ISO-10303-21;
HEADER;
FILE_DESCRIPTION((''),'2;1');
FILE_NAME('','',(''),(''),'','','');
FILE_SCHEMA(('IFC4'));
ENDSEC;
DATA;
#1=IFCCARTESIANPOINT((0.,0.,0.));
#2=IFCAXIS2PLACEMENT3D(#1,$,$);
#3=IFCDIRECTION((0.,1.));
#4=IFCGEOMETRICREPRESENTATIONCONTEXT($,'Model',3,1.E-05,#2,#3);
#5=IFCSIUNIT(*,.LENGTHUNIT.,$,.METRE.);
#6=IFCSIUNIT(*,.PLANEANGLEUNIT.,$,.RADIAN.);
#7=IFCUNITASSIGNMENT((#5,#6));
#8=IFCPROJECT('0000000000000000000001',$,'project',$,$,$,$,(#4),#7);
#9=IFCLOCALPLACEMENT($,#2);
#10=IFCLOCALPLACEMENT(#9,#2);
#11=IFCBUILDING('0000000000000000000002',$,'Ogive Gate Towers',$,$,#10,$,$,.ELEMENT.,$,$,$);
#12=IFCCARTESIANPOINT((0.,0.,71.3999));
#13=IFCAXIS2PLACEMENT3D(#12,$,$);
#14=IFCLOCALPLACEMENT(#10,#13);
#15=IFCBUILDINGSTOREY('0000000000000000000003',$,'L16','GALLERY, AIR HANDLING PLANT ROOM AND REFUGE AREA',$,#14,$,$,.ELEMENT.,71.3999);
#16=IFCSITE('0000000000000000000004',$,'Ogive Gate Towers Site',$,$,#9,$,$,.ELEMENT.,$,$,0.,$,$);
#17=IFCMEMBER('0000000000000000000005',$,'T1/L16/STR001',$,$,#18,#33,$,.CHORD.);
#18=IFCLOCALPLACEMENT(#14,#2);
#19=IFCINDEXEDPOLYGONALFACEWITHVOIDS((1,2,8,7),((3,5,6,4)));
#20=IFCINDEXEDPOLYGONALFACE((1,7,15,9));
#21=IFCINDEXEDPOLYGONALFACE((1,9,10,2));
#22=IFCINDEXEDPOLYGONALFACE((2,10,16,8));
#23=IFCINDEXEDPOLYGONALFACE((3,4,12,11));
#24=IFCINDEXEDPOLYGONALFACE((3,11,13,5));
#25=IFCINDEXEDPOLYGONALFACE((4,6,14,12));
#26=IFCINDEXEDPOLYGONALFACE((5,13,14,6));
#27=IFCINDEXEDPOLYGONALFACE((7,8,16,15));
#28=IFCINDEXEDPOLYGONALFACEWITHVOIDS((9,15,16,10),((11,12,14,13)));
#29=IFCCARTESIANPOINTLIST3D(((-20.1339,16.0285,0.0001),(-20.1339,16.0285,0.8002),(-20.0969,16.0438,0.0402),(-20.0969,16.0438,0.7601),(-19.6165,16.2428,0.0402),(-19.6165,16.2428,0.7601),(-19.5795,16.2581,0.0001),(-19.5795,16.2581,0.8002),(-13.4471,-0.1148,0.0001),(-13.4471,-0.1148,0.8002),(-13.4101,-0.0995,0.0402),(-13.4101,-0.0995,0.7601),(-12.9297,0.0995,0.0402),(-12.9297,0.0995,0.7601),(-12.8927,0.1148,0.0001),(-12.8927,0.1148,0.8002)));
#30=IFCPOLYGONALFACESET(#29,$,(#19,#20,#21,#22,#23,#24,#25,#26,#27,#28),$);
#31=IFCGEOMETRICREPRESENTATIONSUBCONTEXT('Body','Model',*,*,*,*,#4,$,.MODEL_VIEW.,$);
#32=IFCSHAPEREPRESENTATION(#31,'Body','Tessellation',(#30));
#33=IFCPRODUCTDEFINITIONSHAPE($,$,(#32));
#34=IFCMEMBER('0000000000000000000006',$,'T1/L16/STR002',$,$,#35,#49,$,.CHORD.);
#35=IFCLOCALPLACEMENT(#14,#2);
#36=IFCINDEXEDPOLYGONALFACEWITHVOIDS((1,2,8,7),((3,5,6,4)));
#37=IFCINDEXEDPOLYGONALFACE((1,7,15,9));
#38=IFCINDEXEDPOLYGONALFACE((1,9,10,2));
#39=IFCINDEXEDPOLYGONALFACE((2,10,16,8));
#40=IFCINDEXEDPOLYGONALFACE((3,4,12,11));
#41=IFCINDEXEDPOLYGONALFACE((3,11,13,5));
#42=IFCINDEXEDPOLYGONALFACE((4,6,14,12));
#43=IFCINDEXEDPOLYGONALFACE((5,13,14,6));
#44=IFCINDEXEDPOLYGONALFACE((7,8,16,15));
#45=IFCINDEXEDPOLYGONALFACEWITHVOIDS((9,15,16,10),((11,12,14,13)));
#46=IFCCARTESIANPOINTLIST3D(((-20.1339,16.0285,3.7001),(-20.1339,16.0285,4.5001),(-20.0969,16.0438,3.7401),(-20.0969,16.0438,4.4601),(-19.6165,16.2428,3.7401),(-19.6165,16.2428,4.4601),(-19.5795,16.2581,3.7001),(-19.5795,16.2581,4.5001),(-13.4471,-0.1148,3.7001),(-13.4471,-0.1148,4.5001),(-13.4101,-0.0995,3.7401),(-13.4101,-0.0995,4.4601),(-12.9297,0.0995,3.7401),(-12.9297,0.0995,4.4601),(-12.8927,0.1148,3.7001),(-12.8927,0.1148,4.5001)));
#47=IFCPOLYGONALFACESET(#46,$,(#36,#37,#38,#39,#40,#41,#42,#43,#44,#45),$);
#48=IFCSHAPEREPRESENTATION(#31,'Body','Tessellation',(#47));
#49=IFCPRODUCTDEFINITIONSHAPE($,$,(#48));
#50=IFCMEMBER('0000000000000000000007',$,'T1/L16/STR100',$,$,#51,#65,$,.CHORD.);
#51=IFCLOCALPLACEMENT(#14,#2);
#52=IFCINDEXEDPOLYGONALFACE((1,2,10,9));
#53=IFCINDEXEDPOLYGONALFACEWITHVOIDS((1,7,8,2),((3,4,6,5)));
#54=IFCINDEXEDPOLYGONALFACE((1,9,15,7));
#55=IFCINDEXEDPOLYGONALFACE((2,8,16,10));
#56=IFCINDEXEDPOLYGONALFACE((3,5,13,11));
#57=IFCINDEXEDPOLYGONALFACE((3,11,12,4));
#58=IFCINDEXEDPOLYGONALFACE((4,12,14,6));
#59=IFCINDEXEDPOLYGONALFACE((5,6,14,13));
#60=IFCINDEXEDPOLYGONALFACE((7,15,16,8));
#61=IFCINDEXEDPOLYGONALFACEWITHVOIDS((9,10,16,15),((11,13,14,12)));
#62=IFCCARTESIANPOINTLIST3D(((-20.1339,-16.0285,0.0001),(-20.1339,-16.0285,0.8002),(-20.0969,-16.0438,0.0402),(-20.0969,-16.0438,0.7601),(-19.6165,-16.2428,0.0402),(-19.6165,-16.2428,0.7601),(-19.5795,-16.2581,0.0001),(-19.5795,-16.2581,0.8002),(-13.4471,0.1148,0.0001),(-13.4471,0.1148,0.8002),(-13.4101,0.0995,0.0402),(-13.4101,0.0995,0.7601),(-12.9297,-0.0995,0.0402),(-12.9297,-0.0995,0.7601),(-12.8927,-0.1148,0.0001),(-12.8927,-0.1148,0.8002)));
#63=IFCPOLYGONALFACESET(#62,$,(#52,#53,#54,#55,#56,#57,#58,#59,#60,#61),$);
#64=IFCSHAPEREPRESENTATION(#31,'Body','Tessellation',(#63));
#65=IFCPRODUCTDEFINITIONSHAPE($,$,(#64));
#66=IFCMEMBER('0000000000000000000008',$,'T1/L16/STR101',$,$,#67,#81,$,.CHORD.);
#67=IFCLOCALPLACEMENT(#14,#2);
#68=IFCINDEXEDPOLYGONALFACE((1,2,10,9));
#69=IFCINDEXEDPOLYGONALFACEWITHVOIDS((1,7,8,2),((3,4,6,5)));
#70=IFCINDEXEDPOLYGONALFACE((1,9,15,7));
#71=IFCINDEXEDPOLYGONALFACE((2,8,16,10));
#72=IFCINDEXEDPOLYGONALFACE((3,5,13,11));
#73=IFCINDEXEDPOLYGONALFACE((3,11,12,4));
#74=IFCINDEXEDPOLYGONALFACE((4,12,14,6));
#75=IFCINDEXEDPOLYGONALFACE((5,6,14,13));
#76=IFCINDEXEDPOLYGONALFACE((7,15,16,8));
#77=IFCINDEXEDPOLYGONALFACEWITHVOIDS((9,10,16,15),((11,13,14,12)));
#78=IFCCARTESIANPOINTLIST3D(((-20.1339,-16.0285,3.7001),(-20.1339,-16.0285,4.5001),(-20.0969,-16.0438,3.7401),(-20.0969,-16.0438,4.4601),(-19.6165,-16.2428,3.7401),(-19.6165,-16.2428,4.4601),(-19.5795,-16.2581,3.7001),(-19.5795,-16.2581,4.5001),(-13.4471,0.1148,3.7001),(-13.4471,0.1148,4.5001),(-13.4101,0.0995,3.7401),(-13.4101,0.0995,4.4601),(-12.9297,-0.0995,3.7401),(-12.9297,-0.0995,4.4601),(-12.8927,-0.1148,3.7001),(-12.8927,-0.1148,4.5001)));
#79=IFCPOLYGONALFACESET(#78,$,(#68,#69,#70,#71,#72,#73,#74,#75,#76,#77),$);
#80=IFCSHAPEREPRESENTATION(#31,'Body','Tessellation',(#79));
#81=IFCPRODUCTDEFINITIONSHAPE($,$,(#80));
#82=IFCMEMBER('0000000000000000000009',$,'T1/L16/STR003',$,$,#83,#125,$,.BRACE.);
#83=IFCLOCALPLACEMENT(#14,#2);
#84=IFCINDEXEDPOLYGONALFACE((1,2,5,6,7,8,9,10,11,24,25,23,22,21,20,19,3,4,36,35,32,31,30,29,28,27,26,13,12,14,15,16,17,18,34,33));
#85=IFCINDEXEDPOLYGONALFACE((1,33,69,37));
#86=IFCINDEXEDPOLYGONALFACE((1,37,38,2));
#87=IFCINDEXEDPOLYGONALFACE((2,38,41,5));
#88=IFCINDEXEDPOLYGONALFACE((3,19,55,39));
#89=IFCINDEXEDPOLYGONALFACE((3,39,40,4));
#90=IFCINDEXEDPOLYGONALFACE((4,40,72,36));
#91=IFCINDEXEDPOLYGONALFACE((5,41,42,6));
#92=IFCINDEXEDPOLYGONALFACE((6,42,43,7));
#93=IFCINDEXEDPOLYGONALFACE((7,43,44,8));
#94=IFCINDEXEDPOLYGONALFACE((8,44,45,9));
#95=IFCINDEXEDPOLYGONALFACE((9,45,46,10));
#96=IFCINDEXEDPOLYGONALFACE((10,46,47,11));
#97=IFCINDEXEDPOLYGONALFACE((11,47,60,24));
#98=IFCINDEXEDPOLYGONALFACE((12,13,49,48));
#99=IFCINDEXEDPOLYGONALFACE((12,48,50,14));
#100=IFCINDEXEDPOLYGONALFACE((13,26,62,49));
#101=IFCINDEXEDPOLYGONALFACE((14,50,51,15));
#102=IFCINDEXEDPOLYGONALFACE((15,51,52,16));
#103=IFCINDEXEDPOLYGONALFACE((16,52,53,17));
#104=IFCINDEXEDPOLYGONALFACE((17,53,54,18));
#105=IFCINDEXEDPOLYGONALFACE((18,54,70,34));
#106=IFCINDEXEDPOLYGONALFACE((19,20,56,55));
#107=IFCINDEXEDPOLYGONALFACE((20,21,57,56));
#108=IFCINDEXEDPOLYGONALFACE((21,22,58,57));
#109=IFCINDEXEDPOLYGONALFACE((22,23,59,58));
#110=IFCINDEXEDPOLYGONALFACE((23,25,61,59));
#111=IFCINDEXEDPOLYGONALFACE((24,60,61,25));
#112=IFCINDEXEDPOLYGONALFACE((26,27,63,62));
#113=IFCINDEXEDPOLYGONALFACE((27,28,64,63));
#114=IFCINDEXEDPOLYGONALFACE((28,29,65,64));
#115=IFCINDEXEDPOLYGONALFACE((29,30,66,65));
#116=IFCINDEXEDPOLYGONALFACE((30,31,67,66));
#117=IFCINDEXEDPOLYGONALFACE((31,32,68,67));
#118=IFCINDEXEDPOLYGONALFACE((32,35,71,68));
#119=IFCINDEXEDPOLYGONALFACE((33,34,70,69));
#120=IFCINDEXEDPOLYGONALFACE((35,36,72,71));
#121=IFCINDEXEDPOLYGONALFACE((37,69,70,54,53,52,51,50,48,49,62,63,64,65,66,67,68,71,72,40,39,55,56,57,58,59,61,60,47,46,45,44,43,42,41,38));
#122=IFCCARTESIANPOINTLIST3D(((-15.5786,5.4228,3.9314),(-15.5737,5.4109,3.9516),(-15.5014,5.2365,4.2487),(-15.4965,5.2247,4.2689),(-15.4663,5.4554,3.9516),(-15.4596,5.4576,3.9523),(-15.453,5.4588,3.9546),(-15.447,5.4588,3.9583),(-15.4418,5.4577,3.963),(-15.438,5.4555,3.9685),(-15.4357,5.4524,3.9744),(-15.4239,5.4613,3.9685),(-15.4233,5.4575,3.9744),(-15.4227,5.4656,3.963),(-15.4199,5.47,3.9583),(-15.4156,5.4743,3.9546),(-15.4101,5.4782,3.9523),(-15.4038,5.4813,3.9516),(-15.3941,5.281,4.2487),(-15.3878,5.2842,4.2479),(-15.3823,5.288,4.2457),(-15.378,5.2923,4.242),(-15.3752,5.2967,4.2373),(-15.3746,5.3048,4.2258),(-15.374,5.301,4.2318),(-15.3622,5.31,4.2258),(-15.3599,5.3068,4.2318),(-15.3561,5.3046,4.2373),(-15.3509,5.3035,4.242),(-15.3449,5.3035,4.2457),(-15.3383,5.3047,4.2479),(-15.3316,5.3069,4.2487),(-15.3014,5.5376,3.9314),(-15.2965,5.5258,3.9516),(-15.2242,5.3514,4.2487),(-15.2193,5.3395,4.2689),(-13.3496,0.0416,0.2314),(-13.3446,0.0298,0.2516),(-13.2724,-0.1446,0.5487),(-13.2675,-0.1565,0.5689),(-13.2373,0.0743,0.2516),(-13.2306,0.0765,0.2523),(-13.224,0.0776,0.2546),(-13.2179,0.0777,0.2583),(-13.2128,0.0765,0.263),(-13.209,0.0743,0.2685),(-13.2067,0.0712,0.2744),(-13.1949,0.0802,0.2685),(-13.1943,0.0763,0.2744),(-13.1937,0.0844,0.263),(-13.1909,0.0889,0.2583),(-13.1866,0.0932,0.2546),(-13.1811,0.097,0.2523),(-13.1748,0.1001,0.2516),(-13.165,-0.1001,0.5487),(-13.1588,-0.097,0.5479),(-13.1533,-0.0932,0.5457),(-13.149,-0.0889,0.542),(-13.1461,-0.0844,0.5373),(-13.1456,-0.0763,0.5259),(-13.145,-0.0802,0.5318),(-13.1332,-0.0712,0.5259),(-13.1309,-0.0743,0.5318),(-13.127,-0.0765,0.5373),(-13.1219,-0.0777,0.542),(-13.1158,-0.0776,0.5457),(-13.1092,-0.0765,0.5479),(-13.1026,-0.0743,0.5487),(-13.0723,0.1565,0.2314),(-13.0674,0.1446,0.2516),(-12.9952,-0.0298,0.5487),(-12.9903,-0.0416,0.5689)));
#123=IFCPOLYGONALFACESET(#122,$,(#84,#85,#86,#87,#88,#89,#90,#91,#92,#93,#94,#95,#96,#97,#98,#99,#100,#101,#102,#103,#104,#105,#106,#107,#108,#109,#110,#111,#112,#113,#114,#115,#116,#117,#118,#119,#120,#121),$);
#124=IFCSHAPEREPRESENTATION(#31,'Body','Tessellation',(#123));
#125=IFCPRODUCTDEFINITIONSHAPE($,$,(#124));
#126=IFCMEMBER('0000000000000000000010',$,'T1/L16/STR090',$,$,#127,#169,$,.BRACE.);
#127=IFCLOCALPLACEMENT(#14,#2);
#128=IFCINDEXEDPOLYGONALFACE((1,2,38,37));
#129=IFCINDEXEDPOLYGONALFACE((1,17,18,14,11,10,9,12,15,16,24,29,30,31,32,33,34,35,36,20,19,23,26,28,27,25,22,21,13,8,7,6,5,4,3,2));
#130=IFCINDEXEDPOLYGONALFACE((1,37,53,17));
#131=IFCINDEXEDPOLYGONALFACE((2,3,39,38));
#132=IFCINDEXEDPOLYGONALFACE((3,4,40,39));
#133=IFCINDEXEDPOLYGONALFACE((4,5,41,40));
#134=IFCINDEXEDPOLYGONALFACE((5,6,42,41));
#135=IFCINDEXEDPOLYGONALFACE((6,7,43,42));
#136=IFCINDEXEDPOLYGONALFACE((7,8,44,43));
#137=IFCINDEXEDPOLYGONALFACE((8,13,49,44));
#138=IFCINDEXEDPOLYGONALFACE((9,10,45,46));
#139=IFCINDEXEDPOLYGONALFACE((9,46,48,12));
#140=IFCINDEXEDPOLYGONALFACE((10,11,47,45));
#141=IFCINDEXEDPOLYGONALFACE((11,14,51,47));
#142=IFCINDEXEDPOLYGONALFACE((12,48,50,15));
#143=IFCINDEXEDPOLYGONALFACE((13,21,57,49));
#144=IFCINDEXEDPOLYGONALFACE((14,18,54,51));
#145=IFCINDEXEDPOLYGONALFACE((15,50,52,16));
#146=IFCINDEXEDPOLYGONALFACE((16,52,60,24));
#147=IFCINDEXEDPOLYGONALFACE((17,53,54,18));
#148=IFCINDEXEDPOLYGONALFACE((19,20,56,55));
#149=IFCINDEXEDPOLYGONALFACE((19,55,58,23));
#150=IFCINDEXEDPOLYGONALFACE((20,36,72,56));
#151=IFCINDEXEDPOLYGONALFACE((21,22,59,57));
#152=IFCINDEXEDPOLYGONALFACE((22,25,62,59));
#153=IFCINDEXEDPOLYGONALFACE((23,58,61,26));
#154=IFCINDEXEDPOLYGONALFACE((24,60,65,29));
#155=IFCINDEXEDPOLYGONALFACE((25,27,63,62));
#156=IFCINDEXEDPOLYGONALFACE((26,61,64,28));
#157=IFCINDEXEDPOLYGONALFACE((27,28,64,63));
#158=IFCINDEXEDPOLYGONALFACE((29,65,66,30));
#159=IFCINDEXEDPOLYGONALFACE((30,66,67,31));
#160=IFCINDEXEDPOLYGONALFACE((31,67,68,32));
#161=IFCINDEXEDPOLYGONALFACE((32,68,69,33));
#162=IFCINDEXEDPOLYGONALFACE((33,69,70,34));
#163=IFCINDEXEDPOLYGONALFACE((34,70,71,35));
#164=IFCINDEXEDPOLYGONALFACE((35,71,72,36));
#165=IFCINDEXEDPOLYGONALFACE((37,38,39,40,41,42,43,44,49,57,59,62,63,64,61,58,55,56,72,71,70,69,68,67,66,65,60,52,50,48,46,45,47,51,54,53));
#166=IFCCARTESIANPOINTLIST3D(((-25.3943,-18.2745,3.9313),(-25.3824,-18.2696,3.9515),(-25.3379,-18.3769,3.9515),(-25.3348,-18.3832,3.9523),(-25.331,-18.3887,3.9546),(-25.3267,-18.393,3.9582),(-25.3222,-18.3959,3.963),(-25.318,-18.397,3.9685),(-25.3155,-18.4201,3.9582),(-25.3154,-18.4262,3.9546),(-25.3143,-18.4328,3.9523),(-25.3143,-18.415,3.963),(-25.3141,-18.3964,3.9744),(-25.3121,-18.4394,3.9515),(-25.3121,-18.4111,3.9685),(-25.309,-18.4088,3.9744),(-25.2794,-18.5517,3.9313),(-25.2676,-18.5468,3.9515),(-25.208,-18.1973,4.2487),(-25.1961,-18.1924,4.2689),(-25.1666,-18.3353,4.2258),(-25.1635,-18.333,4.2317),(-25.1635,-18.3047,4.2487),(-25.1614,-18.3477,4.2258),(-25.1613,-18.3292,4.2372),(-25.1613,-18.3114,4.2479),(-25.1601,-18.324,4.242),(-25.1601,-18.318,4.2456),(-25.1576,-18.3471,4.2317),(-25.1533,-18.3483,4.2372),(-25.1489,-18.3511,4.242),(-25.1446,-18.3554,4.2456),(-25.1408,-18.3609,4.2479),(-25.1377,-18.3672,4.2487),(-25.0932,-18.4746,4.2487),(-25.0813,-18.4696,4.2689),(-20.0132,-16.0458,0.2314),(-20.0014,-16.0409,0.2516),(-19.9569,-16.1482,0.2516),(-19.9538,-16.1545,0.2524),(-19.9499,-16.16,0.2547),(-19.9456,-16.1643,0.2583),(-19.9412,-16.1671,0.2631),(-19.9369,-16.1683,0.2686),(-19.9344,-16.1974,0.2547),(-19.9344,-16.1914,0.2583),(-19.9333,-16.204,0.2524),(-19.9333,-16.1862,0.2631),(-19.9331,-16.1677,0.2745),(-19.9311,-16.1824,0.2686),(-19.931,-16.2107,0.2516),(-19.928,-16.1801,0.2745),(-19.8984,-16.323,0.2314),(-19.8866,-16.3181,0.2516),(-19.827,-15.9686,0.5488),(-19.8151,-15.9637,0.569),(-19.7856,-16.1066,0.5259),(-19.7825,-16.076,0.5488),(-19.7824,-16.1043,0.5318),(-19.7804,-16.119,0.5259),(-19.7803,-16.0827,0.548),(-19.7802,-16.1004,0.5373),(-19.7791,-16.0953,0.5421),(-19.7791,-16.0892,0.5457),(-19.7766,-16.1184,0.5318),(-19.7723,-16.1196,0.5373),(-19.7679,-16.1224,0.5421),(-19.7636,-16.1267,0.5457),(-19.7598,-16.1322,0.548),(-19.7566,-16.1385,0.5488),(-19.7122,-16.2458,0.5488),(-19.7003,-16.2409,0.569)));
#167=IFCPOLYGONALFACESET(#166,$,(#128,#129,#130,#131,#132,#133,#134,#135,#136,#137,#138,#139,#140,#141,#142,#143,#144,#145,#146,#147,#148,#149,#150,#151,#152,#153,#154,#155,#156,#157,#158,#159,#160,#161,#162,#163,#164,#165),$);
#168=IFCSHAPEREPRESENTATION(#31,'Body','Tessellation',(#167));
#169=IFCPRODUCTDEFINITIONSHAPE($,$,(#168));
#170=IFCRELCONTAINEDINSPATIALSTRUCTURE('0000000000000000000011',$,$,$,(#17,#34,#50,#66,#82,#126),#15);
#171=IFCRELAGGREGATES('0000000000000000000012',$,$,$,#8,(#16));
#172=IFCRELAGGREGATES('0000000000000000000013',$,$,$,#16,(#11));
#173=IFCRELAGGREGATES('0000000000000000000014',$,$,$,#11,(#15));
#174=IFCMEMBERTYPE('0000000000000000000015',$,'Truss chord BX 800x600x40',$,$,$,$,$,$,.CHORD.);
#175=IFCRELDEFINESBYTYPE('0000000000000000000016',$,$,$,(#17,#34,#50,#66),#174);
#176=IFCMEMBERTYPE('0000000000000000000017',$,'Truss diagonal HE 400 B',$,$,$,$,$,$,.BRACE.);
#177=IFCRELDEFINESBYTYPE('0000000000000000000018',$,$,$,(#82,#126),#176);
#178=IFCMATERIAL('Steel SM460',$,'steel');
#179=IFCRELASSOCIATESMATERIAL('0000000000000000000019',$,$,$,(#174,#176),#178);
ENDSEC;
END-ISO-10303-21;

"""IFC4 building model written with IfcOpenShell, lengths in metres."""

from ifc_helpers import new_model, si_unit, direction, frame, origin, origin_2d, place, context, subcontext, project, spatial, hollow_rectangle, i_section, extrude, material, material_profile, profile_set, type_object, element, save


model = new_model("IFC4")

# Units and contexts
model_context = context("Model", 3, precision=1e-05, world=origin(), true_north=direction((0.0, 1.0)))
body_context = subcontext(model_context, "Body", "Model", "MODEL_VIEW")
ifc_project = project(units=[si_unit("LENGTHUNIT", "METRE"), si_unit("PLANEANGLEUNIT", "RADIAN")], contexts=[model_context])

# Site, building, storey
site_placement = place(None, origin())
site = spatial("IfcSite", under=ifc_project, at=site_placement, Name="Ogive Gate Towers Site", CompositionType="ELEMENT", RefElevation=0.0)
building_placement = place(site_placement, origin())
building = spatial("IfcBuilding", under=site, at=building_placement, Name="Ogive Gate Towers", CompositionType="ELEMENT")
storey_placement = place(building_placement, frame((0.0, 0.0, 71.3999)))
storey = spatial("IfcBuildingStorey", under=building, at=storey_placement, Name="L16", Description="GALLERY, AIR HANDLING PLANT ROOM AND REFUGE AREA", CompositionType="ELEMENT", Elevation=71.3999)

# Shared definitions
ifc_material_1 = material(Name="Steel SM460", Category="steel")

# Members
ifc_material_profile_1 = material_profile(ifc_material_1, hollow_rectangle(XDim=0.6001, YDim=0.8, WallThickness=0.04, at=origin_2d()), Name="BX 800x600x40")
ifc_profile_set_1 = profile_set([ifc_material_profile_1], Name="Steel SM460")
member_type_1 = type_object("IfcMemberType", Name="Truss chord BX 800x600x40", PredefinedType="CHORD", material=ifc_profile_set_1)
for number, where, z_axis, x_axis, name in (
    (1, (-13.1699, 0.0, 0.4001), (-0.382683, 0.92388, 0.0), (-0.92388, -0.382683, 0.0), "T1/L16/STR001"),
    (2, (-13.1699, 0.0, 4.1001), (-0.382683, 0.92388, 0.0), (-0.92388, -0.382683, 0.0), "T1/L16/STR002"),
    (3, (-19.8567, -16.1433, 0.4001), (0.382683, 0.92388, 0.0), (-0.92388, 0.382683, 0.0), "T1/L16/STR100"),
    (4, (-19.8567, -16.1433, 4.1001), (0.382683, 0.92388, 0.0), (-0.92388, 0.382683, 0.0), "T1/L16/STR101"),
):
    element("IfcMember", number, at=place(storey_placement, frame(where, z_axis=z_axis, x_axis=x_axis)), inside=storey, type_object=member_type_1, Name=name, PredefinedType="CHORD", context=body_context, shape_type="SweptSolid", body=[
        extrude(hollow_rectangle(XDim=0.6001, YDim=0.8, WallThickness=0.04, at=origin_2d()), origin(), (0.0, 0.0, 1.0), 17.4734),
    ])
ifc_material_profile_2 = material_profile(ifc_material_1, i_section(OverallWidth=0.3, OverallDepth=0.3999, WebThickness=0.0134, FlangeThickness=0.0239, FilletRadius=0.0271, at=origin_2d()), Name="HE 400 B")
ifc_profile_set_2 = profile_set([ifc_material_profile_2], Name="Steel SM460")
member_type_2 = type_object("IfcMemberType", Name="Truss diagonal HE 400 B", PredefinedType="BRACE", material=ifc_profile_set_2)
member_1_placement = place(storey_placement, frame((-13.1699, 0.0, 0.4001), z_axis=(-0.323029, 0.779834, 0.5362), x_axis=(-0.923875, -0.382695, 0.0)))
element("IfcMember", 5, at=member_1_placement, inside=storey, type_object=member_type_2, Name="T1/L16/STR003", PredefinedType="BRACE", context=body_context, shape_type="SweptSolid", body=[
    extrude(i_section(OverallWidth=0.3, OverallDepth=0.3999, WebThickness=0.0134, FlangeThickness=0.0239, FilletRadius=0.0271, at=origin_2d()), origin(), (0.0, 0.0, 1.0), 6.9004),
])
for number, where, z_axis, x_axis, name in (
    (6, (-25.2378, -18.3721, 4.1001), (0.779843, 0.322998, -0.536206), (-0.382659, 0.92389, 0.0), "T1/L16/STR090"),
):
    element("IfcMember", number, at=place(storey_placement, frame(where, z_axis=z_axis, x_axis=x_axis)), inside=storey, type_object=member_type_2, Name=name, PredefinedType="BRACE", context=body_context, shape_type="SweptSolid", body=[
        extrude(i_section(OverallWidth=0.3, OverallDepth=0.3999, WebThickness=0.0134, FlangeThickness=0.0239, FilletRadius=0.0271, at=origin_2d()), origin(), (0.0, 0.0, 1.0), 6.9001),
    ])

save(model, "model.ifc")
